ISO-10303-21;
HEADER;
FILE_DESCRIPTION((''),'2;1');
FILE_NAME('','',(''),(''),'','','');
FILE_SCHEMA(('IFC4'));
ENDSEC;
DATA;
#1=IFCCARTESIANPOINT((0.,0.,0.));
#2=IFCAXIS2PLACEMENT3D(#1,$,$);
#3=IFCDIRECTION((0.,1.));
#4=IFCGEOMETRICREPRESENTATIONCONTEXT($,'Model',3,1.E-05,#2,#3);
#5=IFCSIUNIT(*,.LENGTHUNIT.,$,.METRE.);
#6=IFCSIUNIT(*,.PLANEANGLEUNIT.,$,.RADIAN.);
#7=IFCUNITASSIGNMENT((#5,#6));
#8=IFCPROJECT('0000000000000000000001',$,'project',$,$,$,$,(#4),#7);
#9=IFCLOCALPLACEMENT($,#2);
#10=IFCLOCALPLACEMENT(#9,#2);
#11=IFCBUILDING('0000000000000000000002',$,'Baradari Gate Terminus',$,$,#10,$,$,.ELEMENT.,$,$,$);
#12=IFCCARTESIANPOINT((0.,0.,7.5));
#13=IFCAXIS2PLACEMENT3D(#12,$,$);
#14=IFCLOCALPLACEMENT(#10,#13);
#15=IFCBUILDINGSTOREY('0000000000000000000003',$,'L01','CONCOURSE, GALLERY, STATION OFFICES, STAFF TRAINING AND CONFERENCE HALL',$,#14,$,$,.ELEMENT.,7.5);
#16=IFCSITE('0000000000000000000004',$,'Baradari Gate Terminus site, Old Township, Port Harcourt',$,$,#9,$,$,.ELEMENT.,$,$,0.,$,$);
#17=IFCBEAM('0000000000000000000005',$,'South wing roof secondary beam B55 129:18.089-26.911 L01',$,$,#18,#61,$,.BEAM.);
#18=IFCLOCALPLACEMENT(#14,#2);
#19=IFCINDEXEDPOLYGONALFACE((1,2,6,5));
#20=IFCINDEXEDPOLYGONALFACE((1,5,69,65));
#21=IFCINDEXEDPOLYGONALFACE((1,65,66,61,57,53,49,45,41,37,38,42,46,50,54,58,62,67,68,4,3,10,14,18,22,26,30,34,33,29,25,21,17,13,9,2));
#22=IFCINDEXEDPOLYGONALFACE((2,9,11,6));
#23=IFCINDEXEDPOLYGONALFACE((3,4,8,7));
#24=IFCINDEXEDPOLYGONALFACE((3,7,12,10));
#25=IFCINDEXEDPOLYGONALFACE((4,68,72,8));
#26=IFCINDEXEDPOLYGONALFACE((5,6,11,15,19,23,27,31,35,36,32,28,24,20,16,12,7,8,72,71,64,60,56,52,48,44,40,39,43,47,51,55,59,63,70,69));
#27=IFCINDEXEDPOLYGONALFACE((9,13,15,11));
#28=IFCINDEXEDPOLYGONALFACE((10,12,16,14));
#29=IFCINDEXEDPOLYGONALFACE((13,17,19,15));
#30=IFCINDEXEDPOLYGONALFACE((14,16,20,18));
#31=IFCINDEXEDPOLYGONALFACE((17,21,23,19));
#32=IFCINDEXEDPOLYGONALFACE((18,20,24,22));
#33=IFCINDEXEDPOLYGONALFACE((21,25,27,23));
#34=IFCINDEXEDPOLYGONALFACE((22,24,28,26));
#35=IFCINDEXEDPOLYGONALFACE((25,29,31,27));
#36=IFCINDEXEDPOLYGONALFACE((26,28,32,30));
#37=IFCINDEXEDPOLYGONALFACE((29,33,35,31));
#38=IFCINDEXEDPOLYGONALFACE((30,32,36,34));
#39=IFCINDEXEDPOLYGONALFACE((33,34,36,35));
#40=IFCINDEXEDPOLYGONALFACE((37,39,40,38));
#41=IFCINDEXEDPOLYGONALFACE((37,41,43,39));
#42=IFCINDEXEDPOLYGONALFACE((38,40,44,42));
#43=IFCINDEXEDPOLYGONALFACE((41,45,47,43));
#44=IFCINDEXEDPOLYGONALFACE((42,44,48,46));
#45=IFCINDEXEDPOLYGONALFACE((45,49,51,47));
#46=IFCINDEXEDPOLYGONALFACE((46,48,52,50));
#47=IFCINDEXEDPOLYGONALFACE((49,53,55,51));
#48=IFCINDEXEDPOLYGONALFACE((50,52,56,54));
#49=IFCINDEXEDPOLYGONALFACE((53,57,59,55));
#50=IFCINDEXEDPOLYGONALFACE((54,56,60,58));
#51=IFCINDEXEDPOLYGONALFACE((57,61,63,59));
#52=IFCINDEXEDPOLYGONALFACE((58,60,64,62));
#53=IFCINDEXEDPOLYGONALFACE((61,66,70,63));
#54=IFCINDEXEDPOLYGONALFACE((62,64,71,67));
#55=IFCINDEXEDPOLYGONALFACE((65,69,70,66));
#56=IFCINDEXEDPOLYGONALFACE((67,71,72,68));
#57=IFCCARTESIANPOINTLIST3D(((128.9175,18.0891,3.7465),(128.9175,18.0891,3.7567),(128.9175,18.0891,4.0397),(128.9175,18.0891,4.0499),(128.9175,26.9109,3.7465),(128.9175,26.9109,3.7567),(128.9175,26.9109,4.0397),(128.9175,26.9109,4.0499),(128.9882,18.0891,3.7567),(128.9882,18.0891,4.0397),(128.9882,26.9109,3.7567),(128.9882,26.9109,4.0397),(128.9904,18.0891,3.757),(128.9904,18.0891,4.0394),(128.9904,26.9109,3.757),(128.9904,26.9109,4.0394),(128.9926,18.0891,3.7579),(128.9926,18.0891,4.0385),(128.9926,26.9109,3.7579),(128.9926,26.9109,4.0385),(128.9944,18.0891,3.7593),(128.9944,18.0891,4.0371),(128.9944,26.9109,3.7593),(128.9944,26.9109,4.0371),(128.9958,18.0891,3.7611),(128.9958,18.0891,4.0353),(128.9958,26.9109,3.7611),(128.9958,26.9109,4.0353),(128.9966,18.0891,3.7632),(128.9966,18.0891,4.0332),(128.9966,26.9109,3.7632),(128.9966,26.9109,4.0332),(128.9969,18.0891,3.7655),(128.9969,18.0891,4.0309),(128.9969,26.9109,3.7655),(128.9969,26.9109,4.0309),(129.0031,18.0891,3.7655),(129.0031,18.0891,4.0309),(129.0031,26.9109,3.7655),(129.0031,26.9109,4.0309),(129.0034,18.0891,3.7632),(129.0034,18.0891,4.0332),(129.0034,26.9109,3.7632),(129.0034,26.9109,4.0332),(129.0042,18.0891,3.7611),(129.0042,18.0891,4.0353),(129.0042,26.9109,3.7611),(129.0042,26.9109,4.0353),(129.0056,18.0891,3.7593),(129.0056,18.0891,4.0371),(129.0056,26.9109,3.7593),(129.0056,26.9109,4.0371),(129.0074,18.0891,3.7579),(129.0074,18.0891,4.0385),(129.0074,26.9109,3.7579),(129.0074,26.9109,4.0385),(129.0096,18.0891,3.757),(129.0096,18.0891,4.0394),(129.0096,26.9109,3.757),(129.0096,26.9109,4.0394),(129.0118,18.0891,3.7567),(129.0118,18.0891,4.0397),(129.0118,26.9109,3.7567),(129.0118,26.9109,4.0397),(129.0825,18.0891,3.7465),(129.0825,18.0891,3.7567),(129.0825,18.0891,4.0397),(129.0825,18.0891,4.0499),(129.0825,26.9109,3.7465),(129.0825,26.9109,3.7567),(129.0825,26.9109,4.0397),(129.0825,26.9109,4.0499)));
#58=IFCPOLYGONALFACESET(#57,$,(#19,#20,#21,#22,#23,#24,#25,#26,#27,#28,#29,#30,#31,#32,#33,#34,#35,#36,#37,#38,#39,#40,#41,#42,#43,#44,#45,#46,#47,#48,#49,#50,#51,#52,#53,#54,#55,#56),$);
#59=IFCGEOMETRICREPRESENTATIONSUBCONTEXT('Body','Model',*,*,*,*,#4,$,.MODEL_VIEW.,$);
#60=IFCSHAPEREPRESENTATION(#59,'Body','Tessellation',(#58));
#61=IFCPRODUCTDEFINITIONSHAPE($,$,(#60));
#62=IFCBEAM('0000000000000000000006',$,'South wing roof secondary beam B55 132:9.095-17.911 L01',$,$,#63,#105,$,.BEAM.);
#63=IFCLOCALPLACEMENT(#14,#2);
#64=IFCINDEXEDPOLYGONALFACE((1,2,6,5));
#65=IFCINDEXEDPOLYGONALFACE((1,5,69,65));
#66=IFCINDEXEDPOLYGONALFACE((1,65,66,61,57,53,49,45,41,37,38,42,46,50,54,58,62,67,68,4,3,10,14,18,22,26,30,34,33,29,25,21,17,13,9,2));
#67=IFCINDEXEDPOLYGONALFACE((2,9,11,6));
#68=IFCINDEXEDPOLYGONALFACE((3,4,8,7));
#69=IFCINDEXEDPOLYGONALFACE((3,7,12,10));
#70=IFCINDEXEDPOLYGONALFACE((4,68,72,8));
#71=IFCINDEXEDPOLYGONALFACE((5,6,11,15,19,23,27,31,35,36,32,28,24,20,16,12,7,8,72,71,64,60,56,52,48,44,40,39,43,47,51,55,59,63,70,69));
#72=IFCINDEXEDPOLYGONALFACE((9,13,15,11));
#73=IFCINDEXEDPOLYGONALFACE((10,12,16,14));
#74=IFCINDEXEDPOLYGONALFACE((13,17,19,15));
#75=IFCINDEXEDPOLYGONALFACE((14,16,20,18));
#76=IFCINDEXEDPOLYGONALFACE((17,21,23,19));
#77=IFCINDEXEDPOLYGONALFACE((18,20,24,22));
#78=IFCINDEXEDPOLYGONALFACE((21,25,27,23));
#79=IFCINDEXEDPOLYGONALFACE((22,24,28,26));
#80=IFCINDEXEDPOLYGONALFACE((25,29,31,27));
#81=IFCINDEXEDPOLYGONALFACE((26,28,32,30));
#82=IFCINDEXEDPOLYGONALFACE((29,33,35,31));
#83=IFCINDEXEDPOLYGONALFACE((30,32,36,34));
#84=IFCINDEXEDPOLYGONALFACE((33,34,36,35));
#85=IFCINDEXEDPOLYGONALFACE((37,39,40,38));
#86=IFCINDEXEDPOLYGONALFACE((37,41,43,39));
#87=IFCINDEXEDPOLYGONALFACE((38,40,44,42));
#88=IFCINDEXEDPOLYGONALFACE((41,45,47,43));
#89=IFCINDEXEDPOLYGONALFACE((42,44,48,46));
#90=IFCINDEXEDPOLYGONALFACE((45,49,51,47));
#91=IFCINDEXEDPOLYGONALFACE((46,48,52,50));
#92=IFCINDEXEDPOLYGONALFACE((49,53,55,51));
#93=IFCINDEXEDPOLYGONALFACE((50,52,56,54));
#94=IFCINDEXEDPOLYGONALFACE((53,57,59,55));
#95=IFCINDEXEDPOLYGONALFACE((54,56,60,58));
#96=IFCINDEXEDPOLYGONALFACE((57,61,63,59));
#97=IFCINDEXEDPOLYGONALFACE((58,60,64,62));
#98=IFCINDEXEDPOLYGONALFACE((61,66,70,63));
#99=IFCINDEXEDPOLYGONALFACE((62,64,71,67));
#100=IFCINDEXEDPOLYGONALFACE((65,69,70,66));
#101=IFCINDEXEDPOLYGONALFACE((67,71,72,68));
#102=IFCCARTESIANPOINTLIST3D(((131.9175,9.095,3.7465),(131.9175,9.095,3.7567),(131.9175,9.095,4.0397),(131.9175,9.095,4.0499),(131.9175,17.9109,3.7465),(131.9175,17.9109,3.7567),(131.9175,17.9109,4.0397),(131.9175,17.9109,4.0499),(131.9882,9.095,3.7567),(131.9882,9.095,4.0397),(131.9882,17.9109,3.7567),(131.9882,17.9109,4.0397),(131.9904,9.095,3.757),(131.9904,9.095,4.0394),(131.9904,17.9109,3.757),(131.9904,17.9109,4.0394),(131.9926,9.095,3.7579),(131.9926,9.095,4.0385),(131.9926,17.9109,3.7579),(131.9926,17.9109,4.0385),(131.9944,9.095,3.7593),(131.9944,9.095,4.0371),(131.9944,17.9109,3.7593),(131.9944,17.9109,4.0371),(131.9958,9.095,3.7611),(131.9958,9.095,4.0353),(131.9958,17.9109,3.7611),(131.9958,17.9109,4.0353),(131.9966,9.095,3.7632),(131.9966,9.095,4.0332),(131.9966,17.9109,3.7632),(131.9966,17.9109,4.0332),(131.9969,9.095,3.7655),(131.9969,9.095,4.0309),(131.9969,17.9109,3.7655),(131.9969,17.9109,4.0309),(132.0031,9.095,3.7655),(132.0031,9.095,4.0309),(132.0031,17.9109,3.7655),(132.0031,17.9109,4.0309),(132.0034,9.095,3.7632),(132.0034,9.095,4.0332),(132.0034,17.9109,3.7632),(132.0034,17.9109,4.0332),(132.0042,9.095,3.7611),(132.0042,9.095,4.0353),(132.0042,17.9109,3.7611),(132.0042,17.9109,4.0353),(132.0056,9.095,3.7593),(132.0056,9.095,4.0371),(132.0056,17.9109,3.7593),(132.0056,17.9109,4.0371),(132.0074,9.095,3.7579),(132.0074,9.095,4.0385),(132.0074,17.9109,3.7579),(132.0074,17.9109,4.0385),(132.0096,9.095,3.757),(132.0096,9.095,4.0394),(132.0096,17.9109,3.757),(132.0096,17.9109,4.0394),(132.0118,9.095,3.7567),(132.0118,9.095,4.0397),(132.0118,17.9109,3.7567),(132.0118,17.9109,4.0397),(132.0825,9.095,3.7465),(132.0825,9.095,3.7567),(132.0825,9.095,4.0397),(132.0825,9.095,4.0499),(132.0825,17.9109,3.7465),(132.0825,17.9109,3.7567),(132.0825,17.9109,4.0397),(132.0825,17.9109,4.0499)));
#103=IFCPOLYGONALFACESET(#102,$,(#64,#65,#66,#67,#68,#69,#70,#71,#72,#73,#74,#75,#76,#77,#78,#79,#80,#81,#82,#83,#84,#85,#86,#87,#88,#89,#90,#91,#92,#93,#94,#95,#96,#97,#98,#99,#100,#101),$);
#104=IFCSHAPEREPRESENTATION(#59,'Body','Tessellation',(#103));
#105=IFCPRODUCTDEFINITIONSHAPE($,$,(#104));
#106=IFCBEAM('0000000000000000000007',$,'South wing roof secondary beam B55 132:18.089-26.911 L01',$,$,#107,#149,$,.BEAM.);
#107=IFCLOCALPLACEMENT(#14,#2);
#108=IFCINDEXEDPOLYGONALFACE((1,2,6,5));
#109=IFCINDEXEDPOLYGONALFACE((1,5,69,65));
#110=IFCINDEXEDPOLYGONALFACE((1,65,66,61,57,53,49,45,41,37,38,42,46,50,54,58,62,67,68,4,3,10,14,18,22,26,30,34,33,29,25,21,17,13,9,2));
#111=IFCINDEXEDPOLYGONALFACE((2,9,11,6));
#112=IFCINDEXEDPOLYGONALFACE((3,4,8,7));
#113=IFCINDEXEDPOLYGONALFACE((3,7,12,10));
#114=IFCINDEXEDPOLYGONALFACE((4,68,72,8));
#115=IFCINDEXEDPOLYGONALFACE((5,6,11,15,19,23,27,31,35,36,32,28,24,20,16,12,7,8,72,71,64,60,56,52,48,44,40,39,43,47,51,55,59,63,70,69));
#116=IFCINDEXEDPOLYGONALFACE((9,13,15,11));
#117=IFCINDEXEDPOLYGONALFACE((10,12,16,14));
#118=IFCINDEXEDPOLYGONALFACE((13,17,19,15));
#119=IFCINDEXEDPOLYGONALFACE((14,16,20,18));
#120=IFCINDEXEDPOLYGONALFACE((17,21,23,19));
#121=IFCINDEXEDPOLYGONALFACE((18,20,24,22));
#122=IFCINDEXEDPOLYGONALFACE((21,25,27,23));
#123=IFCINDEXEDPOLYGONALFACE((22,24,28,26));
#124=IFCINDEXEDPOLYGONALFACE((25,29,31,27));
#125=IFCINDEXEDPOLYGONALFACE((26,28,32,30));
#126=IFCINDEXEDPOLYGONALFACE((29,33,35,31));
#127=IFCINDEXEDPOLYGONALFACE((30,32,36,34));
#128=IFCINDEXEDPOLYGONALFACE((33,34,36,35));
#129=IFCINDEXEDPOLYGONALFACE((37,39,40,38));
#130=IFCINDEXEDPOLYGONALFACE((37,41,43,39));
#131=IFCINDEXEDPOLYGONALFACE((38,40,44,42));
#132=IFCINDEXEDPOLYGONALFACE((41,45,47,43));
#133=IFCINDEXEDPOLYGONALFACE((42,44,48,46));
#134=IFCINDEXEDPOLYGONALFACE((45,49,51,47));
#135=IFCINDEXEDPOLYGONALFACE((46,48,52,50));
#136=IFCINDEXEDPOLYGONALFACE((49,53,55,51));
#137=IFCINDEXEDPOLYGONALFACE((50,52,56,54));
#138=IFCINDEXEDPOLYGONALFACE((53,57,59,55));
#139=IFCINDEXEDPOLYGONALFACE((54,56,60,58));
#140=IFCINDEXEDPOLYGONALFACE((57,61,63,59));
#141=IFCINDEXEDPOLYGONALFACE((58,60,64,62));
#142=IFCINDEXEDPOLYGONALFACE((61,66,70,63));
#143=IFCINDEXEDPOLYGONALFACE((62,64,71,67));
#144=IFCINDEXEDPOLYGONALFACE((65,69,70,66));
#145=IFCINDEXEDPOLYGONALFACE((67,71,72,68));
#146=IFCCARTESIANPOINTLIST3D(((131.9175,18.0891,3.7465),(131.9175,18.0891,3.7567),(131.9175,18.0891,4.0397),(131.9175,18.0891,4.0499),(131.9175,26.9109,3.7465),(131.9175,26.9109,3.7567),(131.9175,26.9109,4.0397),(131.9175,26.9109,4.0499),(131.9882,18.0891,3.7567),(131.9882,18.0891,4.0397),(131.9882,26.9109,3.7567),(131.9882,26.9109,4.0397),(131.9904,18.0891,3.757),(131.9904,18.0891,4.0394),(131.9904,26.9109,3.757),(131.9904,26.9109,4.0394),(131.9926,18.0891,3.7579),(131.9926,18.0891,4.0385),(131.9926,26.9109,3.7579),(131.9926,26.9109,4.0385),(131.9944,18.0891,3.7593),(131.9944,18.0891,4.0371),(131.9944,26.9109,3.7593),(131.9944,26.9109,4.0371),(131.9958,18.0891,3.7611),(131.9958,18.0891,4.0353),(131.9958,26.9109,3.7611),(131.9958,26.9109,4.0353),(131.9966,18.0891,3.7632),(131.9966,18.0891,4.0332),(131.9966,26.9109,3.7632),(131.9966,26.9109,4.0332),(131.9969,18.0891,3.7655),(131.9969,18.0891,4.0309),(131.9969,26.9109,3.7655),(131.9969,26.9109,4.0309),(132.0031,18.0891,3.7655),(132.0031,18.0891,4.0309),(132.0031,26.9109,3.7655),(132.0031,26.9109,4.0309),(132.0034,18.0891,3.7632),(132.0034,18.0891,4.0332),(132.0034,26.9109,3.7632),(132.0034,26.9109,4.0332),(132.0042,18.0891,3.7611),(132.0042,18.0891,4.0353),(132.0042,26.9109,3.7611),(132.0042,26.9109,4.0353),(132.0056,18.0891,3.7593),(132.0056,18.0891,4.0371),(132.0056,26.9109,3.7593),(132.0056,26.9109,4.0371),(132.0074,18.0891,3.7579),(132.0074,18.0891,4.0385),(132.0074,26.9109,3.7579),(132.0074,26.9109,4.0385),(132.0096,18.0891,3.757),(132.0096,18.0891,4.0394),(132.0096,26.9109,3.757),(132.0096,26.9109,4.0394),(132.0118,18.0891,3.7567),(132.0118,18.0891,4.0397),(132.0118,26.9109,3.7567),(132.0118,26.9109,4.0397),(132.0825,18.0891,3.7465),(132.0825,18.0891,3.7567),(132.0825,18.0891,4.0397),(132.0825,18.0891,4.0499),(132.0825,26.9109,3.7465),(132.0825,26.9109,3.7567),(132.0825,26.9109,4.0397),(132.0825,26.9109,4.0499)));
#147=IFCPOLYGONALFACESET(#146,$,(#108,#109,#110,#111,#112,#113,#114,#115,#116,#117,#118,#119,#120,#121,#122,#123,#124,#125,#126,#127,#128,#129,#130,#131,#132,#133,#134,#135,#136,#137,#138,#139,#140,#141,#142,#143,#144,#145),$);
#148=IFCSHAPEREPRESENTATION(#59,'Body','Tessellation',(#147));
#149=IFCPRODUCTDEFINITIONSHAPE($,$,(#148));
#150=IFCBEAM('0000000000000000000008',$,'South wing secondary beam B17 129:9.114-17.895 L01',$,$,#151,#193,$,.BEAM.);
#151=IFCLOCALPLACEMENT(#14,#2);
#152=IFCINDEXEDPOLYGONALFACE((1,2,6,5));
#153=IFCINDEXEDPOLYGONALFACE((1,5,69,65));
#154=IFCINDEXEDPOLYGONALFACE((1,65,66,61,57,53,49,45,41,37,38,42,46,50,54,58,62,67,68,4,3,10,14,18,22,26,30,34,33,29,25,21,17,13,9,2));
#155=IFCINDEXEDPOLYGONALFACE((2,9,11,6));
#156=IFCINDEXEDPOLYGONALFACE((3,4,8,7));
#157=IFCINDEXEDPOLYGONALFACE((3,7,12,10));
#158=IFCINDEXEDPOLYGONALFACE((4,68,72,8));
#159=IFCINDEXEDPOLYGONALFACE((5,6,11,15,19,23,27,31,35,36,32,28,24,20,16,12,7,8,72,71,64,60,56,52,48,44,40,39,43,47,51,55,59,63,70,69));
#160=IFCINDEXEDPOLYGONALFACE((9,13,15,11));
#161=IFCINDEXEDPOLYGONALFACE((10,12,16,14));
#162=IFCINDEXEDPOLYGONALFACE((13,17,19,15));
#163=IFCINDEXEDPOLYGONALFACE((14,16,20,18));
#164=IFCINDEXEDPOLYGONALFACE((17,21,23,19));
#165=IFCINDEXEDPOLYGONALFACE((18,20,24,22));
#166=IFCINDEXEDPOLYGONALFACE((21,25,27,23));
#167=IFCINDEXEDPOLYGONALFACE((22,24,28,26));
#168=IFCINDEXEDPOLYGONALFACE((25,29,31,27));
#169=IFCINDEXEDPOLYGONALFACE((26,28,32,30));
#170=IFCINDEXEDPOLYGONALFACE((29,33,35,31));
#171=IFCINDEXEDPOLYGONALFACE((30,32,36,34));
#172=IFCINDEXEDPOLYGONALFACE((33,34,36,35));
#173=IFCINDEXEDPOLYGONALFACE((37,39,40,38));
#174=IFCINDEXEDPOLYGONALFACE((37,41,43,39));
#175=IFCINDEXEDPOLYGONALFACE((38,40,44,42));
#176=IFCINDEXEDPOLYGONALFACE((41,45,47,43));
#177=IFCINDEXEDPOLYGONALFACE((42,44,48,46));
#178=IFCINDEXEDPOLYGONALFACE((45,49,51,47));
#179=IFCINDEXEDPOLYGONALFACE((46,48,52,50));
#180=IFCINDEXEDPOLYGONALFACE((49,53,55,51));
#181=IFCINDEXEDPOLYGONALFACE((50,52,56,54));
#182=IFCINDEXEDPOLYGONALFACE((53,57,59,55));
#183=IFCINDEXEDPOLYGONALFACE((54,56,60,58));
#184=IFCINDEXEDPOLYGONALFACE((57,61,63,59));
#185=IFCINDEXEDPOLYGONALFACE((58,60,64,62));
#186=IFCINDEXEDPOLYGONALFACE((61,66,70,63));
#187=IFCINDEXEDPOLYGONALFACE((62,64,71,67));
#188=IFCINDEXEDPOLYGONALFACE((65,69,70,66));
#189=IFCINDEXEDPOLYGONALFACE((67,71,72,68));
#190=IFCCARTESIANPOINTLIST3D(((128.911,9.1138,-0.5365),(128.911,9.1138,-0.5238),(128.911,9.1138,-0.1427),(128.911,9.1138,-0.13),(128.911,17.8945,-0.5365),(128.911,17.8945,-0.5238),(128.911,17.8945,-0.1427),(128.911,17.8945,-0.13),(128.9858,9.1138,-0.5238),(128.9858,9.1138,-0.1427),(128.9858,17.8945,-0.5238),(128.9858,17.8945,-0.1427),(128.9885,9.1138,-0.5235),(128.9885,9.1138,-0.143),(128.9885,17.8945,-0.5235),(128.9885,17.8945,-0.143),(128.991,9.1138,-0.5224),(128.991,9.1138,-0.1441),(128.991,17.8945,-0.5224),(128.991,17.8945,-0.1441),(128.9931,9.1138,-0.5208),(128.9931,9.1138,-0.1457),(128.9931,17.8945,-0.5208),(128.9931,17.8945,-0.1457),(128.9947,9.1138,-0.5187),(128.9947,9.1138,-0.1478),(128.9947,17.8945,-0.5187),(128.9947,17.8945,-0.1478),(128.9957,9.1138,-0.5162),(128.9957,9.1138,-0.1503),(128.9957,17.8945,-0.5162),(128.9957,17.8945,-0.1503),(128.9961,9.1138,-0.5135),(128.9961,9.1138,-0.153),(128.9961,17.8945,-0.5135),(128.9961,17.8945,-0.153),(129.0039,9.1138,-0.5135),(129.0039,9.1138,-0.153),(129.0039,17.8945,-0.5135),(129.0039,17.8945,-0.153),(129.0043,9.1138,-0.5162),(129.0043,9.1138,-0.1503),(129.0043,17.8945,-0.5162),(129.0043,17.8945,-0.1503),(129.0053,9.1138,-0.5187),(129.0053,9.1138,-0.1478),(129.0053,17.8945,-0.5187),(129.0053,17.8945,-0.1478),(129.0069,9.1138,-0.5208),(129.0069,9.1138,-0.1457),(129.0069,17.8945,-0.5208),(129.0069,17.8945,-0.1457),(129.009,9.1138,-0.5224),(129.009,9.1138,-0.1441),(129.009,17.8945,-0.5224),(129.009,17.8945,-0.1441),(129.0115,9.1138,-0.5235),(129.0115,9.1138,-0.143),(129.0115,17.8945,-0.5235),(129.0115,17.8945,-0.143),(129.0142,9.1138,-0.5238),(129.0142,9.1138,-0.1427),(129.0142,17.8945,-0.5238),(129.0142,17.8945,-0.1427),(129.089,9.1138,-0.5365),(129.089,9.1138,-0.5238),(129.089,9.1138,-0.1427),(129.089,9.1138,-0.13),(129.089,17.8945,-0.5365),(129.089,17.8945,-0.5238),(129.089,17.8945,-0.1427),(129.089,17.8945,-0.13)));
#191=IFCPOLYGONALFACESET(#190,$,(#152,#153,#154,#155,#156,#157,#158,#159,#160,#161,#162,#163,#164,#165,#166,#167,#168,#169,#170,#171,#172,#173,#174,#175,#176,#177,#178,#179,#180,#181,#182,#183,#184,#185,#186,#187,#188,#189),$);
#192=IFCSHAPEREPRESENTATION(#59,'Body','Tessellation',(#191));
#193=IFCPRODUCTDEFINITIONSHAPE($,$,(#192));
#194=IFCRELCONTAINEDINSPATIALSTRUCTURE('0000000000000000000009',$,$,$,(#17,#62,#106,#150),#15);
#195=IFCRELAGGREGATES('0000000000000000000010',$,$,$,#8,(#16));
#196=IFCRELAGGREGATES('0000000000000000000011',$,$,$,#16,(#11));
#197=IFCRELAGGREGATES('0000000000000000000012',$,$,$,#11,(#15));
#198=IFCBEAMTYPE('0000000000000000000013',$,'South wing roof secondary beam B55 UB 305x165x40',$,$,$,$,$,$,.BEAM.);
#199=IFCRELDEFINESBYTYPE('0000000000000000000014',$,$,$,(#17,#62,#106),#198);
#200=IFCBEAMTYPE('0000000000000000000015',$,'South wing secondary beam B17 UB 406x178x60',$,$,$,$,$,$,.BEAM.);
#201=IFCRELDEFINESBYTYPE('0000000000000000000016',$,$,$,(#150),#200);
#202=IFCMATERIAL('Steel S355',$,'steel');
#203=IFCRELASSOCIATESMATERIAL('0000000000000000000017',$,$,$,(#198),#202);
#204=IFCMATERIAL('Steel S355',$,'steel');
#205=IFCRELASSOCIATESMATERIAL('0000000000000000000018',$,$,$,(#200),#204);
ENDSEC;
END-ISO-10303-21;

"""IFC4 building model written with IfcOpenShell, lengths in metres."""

from ifc_helpers import new_model, si_unit, direction, frame, origin, origin_2d, place, context, subcontext, project, spatial, i_section, extrude, material, material_profile, profile_set, type_object, element, save


model = new_model("IFC4")

# Units and contexts
model_context = context("Model", 3, precision=1e-05, world=origin(), true_north=direction((0.0, 1.0)))
body_context = subcontext(model_context, "Body", "Model", "MODEL_VIEW")
ifc_project = project(units=[si_unit("LENGTHUNIT", "METRE"), si_unit("PLANEANGLEUNIT", "RADIAN")], contexts=[model_context])

# Site, building, storey
site_placement = place(None, origin())
site = spatial("IfcSite", under=ifc_project, at=site_placement, Name="Baradari Gate Terminus site, Old Township, Port Harcourt", CompositionType="ELEMENT", RefElevation=0.0)
building_placement = place(site_placement, origin())
building = spatial("IfcBuilding", under=site, at=building_placement, Name="Baradari Gate Terminus", CompositionType="ELEMENT")
storey_placement = place(building_placement, frame((0.0, 0.0, 7.5)))
storey = spatial("IfcBuildingStorey", under=building, at=storey_placement, Name="L01", Description="CONCOURSE, GALLERY, STATION OFFICES, STAFF TRAINING AND CONFERENCE HALL", CompositionType="ELEMENT", Elevation=7.5)

# Beams
ifc_material_1 = material(Name="Steel S355", Category="steel")
ifc_material_profile_1 = material_profile(ifc_material_1, i_section(OverallWidth=0.165, OverallDepth=0.3035, WebThickness=0.0061, FlangeThickness=0.0103, FilletRadius=0.0088, at=origin_2d()), Name="UB 305x165x40")
ifc_profile_set_1 = profile_set([ifc_material_profile_1], Name="Steel S355")
beam_type_1 = type_object("IfcBeamType", Name="South wing roof secondary beam B55 UB 305x165x40", PredefinedType="BEAM", material=ifc_profile_set_1)
beam_1_placement = place(storey_placement, frame((129.0, 18.0891, 3.8982), z_axis=(0.0, 1.0, 0.0), x_axis=(-1.0, 0.0, 0.0)))
element("IfcBeam", 1, at=beam_1_placement, inside=storey, type_object=beam_type_1, Name="South wing roof secondary beam B55 129:18.089-26.911 L01", PredefinedType="BEAM", context=body_context, shape_type="SweptSolid", body=[
    extrude(i_section(OverallWidth=0.165, OverallDepth=0.3035, WebThickness=0.0061, FlangeThickness=0.0103, FilletRadius=0.0088, at=origin_2d()), origin(), (0.0, 0.0, 1.0), 8.8218),
])
beam_2_placement = place(storey_placement, frame((132.0, 9.095, 3.8982), z_axis=(0.0, 1.0, 0.0), x_axis=(-1.0, 0.0, 0.0)))
element("IfcBeam", 2, at=beam_2_placement, inside=storey, type_object=beam_type_1, Name="South wing roof secondary beam B55 132:9.095-17.911 L01", PredefinedType="BEAM", context=body_context, shape_type="SweptSolid", body=[
    extrude(i_section(OverallWidth=0.165, OverallDepth=0.3035, WebThickness=0.0061, FlangeThickness=0.0103, FilletRadius=0.0088, at=origin_2d()), origin(), (0.0, 0.0, 1.0), 8.8159),
])
beam_3_placement = place(storey_placement, frame((132.0, 18.0891, 3.8982), z_axis=(0.0, 1.0, 0.0), x_axis=(-1.0, 0.0, 0.0)))
element("IfcBeam", 3, at=beam_3_placement, inside=storey, type_object=beam_type_1, Name="South wing roof secondary beam B55 132:18.089-26.911 L01", PredefinedType="BEAM", context=body_context, shape_type="SweptSolid", body=[
    extrude(i_section(OverallWidth=0.165, OverallDepth=0.3035, WebThickness=0.0061, FlangeThickness=0.0103, FilletRadius=0.0088, at=origin_2d()), origin(), (0.0, 0.0, 1.0), 8.8218),
])
ifc_material_2 = material(Name="Steel S355", Category="steel")
ifc_material_profile_2 = material_profile(ifc_material_2, i_section(OverallWidth=0.178, OverallDepth=0.4065, WebThickness=0.0078, FlangeThickness=0.0127, FilletRadius=0.0103, at=origin_2d()), Name="UB 406x178x60")
ifc_profile_set_2 = profile_set([ifc_material_profile_2], Name="Steel S355")
beam_type_2 = type_object("IfcBeamType", Name="South wing secondary beam B17 UB 406x178x60", PredefinedType="BEAM", material=ifc_profile_set_2)
beam_4_placement = place(storey_placement, frame((129.0, 9.1138, -0.3333), z_axis=(0.0, 1.0, 0.0), x_axis=(-1.0, 0.0, 0.0)))
element("IfcBeam", 4, at=beam_4_placement, inside=storey, type_object=beam_type_2, Name="South wing secondary beam B17 129:9.114-17.895 L01", PredefinedType="BEAM", context=body_context, shape_type="SweptSolid", body=[
    extrude(i_section(OverallWidth=0.178, OverallDepth=0.4065, WebThickness=0.0078, FlangeThickness=0.0127, FilletRadius=0.0103, at=origin_2d()), origin(), (0.0, 0.0, 1.0), 8.7808),
])

save(model, "model.ifc")
